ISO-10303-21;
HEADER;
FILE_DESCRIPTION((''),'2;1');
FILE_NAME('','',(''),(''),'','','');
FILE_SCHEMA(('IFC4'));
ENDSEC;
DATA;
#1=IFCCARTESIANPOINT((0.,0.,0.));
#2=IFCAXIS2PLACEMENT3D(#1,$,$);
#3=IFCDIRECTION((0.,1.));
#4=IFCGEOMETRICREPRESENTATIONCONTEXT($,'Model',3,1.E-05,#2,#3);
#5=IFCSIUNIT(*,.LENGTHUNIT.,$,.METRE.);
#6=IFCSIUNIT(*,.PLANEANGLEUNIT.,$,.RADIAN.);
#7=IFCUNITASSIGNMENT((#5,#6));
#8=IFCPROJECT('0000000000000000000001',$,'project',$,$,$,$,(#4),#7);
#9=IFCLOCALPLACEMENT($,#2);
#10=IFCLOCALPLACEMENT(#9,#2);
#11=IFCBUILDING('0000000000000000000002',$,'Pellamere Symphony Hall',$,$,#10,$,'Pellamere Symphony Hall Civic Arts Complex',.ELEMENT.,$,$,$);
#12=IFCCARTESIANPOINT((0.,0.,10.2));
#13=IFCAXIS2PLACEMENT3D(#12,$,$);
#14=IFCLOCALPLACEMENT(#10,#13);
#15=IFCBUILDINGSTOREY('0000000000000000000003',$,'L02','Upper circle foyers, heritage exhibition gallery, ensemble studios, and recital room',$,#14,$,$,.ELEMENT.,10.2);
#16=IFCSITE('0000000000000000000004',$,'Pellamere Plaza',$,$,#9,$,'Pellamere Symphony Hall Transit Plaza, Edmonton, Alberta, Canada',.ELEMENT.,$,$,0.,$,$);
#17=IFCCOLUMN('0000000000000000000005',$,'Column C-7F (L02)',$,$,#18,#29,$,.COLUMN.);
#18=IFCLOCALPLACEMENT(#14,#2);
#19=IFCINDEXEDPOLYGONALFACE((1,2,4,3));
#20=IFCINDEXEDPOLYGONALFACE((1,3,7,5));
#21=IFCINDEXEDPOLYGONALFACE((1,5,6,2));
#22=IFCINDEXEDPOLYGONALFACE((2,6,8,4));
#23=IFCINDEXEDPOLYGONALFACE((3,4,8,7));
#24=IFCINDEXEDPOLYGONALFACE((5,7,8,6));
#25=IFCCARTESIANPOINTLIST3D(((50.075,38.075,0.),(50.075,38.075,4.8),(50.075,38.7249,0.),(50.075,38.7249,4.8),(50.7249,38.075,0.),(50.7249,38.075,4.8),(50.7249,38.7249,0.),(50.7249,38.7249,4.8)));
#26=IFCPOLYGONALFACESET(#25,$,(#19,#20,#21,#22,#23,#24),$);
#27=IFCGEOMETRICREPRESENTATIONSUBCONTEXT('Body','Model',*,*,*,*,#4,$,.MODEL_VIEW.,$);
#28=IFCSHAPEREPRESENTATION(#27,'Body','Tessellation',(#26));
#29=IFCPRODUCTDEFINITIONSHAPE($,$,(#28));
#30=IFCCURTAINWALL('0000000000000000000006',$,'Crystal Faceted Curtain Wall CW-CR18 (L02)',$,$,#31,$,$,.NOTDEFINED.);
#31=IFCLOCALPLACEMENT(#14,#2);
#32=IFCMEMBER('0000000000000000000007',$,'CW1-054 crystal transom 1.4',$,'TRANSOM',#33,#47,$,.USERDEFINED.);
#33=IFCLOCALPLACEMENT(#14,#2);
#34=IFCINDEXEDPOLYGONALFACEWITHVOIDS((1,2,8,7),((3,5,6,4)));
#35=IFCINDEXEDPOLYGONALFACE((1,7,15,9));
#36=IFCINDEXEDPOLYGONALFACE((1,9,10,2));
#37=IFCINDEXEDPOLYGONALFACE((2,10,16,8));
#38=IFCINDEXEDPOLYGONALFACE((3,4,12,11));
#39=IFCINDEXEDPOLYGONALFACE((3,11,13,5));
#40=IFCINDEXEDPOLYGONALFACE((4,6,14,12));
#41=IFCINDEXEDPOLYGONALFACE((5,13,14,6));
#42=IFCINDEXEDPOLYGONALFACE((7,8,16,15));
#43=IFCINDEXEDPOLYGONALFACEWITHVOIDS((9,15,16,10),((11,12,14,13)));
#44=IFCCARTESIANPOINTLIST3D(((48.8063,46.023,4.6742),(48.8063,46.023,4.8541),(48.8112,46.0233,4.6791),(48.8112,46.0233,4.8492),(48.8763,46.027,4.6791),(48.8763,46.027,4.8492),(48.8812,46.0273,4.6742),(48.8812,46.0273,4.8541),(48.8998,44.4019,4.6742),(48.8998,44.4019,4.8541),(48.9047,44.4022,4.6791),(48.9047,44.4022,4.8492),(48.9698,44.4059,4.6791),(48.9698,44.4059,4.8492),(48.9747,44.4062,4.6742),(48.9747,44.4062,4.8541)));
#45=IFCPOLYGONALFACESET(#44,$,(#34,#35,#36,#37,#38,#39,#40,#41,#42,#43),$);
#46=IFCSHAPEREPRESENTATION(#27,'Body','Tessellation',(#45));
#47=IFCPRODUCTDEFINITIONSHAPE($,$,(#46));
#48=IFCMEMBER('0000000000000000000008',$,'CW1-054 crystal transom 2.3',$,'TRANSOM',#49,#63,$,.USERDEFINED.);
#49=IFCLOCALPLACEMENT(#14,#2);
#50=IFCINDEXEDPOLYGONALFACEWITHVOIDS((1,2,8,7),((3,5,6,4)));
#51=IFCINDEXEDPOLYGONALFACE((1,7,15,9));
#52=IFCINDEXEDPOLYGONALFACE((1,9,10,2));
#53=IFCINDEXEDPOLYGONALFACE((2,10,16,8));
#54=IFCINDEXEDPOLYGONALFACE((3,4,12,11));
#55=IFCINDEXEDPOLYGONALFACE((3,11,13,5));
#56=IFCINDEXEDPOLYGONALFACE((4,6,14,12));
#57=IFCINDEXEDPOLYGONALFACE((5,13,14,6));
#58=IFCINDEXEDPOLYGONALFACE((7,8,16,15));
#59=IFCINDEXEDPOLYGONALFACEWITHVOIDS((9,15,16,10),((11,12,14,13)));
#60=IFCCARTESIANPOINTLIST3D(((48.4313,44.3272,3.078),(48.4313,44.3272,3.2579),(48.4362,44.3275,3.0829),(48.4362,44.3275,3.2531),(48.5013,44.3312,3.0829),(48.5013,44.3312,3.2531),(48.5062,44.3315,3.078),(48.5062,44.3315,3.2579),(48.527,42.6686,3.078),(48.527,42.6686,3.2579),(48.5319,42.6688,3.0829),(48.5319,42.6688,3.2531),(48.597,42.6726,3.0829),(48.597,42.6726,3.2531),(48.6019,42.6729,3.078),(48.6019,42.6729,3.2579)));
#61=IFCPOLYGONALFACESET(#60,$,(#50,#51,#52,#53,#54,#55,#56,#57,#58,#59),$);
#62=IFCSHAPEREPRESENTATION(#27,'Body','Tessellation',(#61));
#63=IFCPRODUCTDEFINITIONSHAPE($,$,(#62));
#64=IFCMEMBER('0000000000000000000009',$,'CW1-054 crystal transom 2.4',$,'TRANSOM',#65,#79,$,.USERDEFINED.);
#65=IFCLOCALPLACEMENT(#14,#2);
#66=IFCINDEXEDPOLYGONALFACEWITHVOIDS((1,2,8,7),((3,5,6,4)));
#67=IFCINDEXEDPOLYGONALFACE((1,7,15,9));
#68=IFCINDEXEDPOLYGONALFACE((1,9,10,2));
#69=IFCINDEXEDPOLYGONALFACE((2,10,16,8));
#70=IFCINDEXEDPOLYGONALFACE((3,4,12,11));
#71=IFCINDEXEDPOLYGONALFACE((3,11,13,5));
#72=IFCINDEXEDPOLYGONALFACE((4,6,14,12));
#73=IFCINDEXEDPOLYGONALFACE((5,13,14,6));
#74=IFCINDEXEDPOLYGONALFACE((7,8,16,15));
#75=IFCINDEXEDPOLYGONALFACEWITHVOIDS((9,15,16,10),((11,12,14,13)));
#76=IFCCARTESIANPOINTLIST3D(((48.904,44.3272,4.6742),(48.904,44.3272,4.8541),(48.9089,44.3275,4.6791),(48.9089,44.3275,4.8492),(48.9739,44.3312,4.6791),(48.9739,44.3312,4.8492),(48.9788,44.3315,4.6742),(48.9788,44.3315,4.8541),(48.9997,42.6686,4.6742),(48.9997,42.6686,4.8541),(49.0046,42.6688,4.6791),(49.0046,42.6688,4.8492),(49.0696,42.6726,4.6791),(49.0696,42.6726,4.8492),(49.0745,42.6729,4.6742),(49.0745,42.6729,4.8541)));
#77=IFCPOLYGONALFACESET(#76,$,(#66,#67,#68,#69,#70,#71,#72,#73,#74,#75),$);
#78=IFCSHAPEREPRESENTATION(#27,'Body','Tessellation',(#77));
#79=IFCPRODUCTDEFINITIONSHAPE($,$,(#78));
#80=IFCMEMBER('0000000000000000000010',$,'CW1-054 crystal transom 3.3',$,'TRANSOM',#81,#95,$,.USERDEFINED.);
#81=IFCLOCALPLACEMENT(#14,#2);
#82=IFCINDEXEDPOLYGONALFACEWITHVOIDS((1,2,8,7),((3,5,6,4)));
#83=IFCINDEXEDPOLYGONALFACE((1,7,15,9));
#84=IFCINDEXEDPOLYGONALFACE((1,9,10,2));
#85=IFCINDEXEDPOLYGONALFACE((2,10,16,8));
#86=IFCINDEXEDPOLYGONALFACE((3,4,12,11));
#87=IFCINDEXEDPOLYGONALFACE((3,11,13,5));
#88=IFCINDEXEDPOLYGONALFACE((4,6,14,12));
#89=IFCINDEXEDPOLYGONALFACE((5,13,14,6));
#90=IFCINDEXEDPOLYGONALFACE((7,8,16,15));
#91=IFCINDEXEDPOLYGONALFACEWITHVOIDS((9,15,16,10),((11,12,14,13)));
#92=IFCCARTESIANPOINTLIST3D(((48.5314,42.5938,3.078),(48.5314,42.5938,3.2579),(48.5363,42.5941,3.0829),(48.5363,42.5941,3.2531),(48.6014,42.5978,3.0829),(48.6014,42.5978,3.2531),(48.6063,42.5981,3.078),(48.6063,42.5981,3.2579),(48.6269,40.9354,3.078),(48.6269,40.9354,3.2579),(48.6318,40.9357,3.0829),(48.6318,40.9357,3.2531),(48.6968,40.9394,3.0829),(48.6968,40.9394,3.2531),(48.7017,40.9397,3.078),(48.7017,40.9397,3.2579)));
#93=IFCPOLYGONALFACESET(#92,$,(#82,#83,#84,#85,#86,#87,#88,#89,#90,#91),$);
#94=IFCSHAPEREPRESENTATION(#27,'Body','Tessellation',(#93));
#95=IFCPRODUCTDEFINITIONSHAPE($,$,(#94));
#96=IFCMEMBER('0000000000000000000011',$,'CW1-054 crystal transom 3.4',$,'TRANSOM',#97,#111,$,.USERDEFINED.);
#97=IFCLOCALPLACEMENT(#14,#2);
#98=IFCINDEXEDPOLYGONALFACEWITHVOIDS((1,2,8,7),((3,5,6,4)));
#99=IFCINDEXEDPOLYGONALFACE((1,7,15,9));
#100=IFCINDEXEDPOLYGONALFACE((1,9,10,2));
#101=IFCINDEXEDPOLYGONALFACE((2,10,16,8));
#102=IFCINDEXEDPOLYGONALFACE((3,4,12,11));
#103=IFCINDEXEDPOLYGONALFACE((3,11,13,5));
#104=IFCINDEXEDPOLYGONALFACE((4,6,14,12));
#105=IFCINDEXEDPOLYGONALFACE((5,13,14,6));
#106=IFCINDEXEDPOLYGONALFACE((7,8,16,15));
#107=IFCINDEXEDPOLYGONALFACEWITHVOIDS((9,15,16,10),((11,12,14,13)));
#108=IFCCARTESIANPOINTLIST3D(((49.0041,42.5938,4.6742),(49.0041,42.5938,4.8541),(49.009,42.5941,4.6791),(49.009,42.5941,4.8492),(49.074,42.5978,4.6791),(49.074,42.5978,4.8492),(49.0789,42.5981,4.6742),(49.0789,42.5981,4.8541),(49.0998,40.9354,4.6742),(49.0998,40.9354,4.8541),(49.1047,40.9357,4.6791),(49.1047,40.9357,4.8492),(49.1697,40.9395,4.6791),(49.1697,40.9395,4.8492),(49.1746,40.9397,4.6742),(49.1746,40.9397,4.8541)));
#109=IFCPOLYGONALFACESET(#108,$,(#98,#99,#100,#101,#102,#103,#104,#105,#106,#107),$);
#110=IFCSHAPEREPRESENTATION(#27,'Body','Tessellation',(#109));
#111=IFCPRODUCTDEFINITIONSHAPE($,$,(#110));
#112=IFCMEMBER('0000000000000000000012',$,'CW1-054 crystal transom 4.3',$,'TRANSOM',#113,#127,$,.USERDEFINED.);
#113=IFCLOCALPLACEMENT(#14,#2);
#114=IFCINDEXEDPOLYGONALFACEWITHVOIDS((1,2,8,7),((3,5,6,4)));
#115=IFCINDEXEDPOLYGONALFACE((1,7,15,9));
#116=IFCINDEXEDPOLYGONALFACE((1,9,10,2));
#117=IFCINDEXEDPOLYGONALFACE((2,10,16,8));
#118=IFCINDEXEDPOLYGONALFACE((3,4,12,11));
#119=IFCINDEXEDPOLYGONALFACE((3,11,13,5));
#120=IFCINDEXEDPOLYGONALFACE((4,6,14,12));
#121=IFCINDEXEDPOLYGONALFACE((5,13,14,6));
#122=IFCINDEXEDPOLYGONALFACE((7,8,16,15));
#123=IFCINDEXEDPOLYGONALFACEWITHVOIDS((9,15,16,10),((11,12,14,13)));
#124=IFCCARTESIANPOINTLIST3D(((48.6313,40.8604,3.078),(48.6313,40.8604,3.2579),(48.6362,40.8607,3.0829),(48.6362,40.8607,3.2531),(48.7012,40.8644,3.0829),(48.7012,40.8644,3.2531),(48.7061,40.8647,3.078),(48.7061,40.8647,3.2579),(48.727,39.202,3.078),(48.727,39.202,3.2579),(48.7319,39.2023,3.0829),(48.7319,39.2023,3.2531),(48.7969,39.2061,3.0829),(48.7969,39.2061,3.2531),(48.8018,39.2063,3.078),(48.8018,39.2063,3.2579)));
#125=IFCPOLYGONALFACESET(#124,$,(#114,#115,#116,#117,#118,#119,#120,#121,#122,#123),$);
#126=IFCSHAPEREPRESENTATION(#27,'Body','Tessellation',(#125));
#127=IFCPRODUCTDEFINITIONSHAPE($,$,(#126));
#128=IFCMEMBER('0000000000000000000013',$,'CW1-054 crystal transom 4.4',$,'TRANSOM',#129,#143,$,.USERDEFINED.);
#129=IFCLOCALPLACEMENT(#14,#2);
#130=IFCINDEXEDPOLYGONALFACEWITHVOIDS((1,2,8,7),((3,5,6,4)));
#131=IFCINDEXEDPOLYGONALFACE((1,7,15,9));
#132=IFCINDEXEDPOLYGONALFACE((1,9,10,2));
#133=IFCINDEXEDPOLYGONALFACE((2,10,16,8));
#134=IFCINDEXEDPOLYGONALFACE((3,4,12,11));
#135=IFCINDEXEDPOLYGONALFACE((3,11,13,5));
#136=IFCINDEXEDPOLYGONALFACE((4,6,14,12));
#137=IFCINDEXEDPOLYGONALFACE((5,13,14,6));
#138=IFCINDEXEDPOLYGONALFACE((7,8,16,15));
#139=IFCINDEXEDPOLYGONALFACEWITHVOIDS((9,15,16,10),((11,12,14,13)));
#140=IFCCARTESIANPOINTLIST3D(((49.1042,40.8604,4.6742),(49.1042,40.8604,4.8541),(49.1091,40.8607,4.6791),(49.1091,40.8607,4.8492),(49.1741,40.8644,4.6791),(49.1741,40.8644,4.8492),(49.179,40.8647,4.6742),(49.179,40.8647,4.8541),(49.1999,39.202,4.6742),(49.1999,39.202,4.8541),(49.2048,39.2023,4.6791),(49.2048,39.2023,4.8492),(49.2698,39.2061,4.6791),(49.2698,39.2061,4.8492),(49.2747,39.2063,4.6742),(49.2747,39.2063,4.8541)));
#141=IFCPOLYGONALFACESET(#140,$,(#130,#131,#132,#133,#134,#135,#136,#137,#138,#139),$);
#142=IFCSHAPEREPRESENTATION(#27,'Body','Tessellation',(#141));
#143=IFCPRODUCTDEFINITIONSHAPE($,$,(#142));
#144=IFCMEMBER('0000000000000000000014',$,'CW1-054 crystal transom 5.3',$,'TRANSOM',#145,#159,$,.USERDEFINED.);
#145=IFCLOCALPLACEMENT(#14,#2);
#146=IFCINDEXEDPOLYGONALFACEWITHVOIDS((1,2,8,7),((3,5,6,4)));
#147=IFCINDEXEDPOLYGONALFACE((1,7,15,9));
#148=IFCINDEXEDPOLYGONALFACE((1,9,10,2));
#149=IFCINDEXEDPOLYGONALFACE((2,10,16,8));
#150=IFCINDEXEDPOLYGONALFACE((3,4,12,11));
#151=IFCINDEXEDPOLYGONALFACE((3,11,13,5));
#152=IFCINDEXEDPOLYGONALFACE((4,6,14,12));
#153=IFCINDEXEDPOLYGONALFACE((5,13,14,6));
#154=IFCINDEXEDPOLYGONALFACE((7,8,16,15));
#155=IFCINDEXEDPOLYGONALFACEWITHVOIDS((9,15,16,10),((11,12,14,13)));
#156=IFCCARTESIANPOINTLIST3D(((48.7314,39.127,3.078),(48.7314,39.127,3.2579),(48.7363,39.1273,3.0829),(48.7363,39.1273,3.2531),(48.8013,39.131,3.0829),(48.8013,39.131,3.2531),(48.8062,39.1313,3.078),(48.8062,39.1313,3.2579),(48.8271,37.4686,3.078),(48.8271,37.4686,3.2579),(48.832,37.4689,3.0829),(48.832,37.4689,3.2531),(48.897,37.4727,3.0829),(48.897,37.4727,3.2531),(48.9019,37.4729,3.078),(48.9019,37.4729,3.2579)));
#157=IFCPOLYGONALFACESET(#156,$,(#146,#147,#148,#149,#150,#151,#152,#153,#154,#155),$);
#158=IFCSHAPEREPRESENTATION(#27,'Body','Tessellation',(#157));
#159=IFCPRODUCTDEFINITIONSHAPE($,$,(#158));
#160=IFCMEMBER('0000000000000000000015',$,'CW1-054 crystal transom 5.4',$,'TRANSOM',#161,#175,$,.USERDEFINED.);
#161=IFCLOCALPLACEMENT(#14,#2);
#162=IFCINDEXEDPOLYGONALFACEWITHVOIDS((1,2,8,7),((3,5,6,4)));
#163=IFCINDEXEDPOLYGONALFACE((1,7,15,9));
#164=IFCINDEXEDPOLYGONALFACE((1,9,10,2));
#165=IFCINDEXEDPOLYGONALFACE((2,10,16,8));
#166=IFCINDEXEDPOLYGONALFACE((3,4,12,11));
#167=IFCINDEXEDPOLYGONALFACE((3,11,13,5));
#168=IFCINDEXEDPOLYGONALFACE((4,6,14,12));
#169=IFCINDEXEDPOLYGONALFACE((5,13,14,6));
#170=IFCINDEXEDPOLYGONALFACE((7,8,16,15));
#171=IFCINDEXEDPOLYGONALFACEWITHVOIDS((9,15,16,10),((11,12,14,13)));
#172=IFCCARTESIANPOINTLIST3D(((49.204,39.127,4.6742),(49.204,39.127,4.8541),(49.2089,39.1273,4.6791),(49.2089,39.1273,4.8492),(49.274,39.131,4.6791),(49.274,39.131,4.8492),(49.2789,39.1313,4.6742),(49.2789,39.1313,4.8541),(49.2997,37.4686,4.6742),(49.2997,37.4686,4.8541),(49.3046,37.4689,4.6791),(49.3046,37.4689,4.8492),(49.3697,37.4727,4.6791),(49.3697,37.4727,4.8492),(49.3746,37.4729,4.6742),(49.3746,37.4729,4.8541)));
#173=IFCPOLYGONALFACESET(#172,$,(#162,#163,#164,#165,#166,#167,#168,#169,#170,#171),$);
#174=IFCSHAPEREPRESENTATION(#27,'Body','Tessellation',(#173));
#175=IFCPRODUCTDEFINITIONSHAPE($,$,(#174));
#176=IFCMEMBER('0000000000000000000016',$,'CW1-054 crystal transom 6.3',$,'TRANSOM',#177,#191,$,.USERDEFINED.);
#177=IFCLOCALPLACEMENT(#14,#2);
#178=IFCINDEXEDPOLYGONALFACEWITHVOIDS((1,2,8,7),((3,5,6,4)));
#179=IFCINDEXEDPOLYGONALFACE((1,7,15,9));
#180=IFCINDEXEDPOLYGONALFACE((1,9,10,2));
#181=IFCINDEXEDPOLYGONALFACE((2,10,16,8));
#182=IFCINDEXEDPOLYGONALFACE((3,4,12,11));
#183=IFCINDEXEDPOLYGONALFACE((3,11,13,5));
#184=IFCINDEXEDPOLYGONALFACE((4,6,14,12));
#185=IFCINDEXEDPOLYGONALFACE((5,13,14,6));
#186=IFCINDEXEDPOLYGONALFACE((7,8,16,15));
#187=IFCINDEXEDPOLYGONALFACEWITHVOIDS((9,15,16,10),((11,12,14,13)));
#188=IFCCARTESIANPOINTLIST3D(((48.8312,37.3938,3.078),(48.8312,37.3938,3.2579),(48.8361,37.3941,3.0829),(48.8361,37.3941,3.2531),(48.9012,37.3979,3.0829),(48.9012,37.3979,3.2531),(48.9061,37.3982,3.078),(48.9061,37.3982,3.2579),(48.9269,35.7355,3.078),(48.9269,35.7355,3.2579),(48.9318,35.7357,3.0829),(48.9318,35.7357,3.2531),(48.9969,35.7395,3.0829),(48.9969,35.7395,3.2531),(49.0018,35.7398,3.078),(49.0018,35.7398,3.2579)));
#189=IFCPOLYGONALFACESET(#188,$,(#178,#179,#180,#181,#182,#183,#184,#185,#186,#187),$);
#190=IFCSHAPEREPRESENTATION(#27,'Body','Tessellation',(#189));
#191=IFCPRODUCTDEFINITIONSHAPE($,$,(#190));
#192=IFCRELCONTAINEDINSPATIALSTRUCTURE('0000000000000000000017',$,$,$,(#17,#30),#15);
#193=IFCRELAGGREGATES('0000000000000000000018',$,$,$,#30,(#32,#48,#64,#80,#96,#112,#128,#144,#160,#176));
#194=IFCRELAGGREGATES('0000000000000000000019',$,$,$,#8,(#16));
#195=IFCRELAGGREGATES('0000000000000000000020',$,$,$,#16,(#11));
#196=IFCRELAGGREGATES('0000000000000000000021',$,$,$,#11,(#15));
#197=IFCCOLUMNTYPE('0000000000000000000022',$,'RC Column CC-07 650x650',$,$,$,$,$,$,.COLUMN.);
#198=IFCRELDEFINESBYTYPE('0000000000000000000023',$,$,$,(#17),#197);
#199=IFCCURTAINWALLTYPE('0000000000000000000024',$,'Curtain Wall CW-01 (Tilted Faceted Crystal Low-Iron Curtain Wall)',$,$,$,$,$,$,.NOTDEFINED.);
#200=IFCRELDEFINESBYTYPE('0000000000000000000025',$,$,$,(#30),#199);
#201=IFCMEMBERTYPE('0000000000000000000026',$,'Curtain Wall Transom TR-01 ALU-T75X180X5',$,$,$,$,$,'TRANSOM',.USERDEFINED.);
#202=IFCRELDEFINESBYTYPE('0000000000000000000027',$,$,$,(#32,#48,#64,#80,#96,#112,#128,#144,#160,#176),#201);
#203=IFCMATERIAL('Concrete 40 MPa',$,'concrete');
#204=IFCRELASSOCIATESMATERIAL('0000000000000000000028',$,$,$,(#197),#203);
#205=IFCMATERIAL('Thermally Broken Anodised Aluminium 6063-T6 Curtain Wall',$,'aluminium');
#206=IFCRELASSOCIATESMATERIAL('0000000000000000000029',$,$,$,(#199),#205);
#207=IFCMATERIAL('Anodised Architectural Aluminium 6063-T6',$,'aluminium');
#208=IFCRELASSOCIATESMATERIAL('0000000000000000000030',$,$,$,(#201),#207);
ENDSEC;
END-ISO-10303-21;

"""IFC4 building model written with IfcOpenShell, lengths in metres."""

from ifc_helpers import new_model, si_unit, direction, frame, origin, origin_2d, place, context, subcontext, project, spatial, rectangle, hollow_rectangle, extrude, material, material_profile, profile_set, type_object, element, aggregate, save


model = new_model("IFC4")

# Units and contexts
model_context = context("Model", 3, precision=1e-05, world=origin(), true_north=direction((0.0, 1.0)))
body_context = subcontext(model_context, "Body", "Model", "MODEL_VIEW")
ifc_project = project(units=[si_unit("LENGTHUNIT", "METRE"), si_unit("PLANEANGLEUNIT", "RADIAN")], contexts=[model_context])

# Site, building, storey
site_placement = place(None, origin())
site = spatial("IfcSite", under=ifc_project, at=site_placement, Name="Pellamere Plaza", LongName="Pellamere Symphony Hall Transit Plaza, Edmonton, Alberta, Canada", CompositionType="ELEMENT", RefElevation=0.0)
building_placement = place(site_placement, origin())
building = spatial("IfcBuilding", under=site, at=building_placement, Name="Pellamere Symphony Hall", LongName="Pellamere Symphony Hall Civic Arts Complex", CompositionType="ELEMENT")
storey_placement = place(building_placement, frame((0.0, 0.0, 10.2)))
storey = spatial("IfcBuildingStorey", under=building, at=storey_placement, Name="L02", Description="Upper circle foyers, heritage exhibition gallery, ensemble studios, and recital room", CompositionType="ELEMENT", Elevation=10.2)

# Column
ifc_material_1 = material(Name="Concrete 40 MPa", Category="concrete")
ifc_material_profile_1 = material_profile(ifc_material_1, rectangle(XDim=0.6499, YDim=0.6499, at=origin_2d()), Name="RC 650x650")
ifc_profile_set_1 = profile_set([ifc_material_profile_1], Name="Concrete 40 MPa")
column_type = type_object("IfcColumnType", Name="RC Column CC-07 650x650", PredefinedType="COLUMN", material=ifc_profile_set_1)
column_placement = place(storey_placement, frame((50.3999, 38.3999, 0.0), z_axis=(0.0, 0.0, 1.0), x_axis=(1.0, 0.0, 0.0)))
element("IfcColumn", 1, at=column_placement, inside=storey, type_object=column_type, Name="Column C-7F (L02)", PredefinedType="COLUMN", context=body_context, shape_type="SweptSolid", body=[
    extrude(rectangle(XDim=0.6499, YDim=0.6499, at=origin_2d()), origin(), (0.0, 0.0, 1.0), 4.8),
])

# Curtain wall, members
ifc_material_2 = material(Name="Thermally Broken Anodised Aluminium 6063-T6 Curtain Wall", Category="aluminium")
curtain_wall_type = type_object("IfcCurtainWallType", Name="Curtain Wall CW-01 (Tilted Faceted Crystal Low-Iron Curtain Wall)", PredefinedType="NOTDEFINED", material=ifc_material_2)
curtain_wall_placement = place(storey_placement, origin())
curtain_wall = element("IfcCurtainWall", 2, at=curtain_wall_placement, inside=storey, type_object=curtain_wall_type, Name="Crystal Faceted Curtain Wall CW-CR18 (L02)", PredefinedType="NOTDEFINED")
ifc_material_3 = material(Name="Anodised Architectural Aluminium 6063-T6", Category="aluminium")
ifc_material_profile_2 = material_profile(ifc_material_3, hollow_rectangle(XDim=0.075, YDim=0.1799, WallThickness=0.0049, at=origin_2d()), Name="ALU-T75X180X5")
ifc_profile_set_2 = profile_set([ifc_material_profile_2], Name="Anodised Architectural Aluminium 6063-T6")
member_type = type_object("IfcMemberType", Name="Curtain Wall Transom TR-01 ALU-T75X180X5", ElementType="TRANSOM", PredefinedType="USERDEFINED", material=ifc_profile_set_2)
member_1_placement = place(storey_placement, frame((48.8438, 46.0251, 4.7642), z_axis=(0.057585, -0.998341, 0.0), x_axis=(0.998341, 0.057585, 0.0)))
member_1 = element("IfcMember", 3, at=member_1_placement, type_object=member_type, Name="CW1-054 crystal transom 1.4", ObjectType="TRANSOM", PredefinedType="USERDEFINED", context=body_context, shape_type="SweptSolid", body=[
    extrude(hollow_rectangle(XDim=0.075, YDim=0.1799, WallThickness=0.0049, at=origin_2d()), origin(), (0.0, 0.0, 1.0), 1.6238),
])
member_2_placement = place(storey_placement, frame((48.4688, 44.3293, 3.168), z_axis=(0.057602, -0.99834, 0.0), x_axis=(0.99834, 0.057602, 0.0)))
member_2 = element("IfcMember", 4, at=member_2_placement, type_object=member_type, Name="CW1-054 crystal transom 2.3", ObjectType="TRANSOM", PredefinedType="USERDEFINED", context=body_context, shape_type="SweptSolid", body=[
    extrude(hollow_rectangle(XDim=0.075, YDim=0.1799, WallThickness=0.0049, at=origin_2d()), origin(), (0.0, 0.0, 1.0), 1.6614),
])
member_3_placement = place(storey_placement, frame((48.9414, 44.3293, 4.7642), z_axis=(0.057602, -0.99834, 0.0), x_axis=(0.99834, 0.057602, 0.0)))
member_3 = element("IfcMember", 5, at=member_3_placement, type_object=member_type, Name="CW1-054 crystal transom 2.4", ObjectType="TRANSOM", PredefinedType="USERDEFINED", context=body_context, shape_type="SweptSolid", body=[
    extrude(hollow_rectangle(XDim=0.075, YDim=0.1799, WallThickness=0.0049, at=origin_2d()), origin(), (0.0, 0.0, 1.0), 1.6614),
])
member_4_placement = place(storey_placement, frame((48.5688, 42.5959, 3.168), z_axis=(0.057464, -0.998348, 0.0), x_axis=(0.998348, 0.057464, 0.0)))
member_4 = element("IfcMember", 6, at=member_4_placement, type_object=member_type, Name="CW1-054 crystal transom 3.3", ObjectType="TRANSOM", PredefinedType="USERDEFINED", context=body_context, shape_type="SweptSolid", body=[
    extrude(hollow_rectangle(XDim=0.075, YDim=0.1799, WallThickness=0.0049, at=origin_2d()), origin(), (0.0, 0.0, 1.0), 1.6611),
])
member_5_placement = place(storey_placement, frame((49.0415, 42.5959, 4.7642), z_axis=(0.057611, -0.998339, 0.0), x_axis=(0.998339, 0.057611, 0.0)))
member_5 = element("IfcMember", 7, at=member_5_placement, type_object=member_type, Name="CW1-054 crystal transom 3.4", ObjectType="TRANSOM", PredefinedType="USERDEFINED", context=body_context, shape_type="SweptSolid", body=[
    extrude(hollow_rectangle(XDim=0.075, YDim=0.1799, WallThickness=0.0049, at=origin_2d()), origin(), (0.0, 0.0, 1.0), 1.6611),
])
member_6_placement = place(storey_placement, frame((48.6687, 40.8625, 3.168), z_axis=(0.057611, -0.998339, 0.0), x_axis=(0.998339, 0.057611, 0.0)))
member_6 = element("IfcMember", 8, at=member_6_placement, type_object=member_type, Name="CW1-054 crystal transom 4.3", ObjectType="TRANSOM", PredefinedType="USERDEFINED", context=body_context, shape_type="SweptSolid", body=[
    extrude(hollow_rectangle(XDim=0.075, YDim=0.1799, WallThickness=0.0049, at=origin_2d()), origin(), (0.0, 0.0, 1.0), 1.6611),
])
member_7_placement = place(storey_placement, frame((49.1416, 40.8625, 4.7642), z_axis=(0.057611, -0.998339, 0.0), x_axis=(0.998339, 0.057611, 0.0)))
member_7 = element("IfcMember", 9, at=member_7_placement, type_object=member_type, Name="CW1-054 crystal transom 4.4", ObjectType="TRANSOM", PredefinedType="USERDEFINED", context=body_context, shape_type="SweptSolid", body=[
    extrude(hollow_rectangle(XDim=0.075, YDim=0.1799, WallThickness=0.0049, at=origin_2d()), origin(), (0.0, 0.0, 1.0), 1.6611),
])
member_8_placement = place(storey_placement, frame((48.7688, 39.1292, 3.168), z_axis=(0.057611, -0.998339, 0.0), x_axis=(0.998339, 0.057611, 0.0)))
member_8 = element("IfcMember", 10, at=member_8_placement, type_object=member_type, Name="CW1-054 crystal transom 5.3", ObjectType="TRANSOM", PredefinedType="USERDEFINED", context=body_context, shape_type="SweptSolid", body=[
    extrude(hollow_rectangle(XDim=0.075, YDim=0.1799, WallThickness=0.0049, at=origin_2d()), origin(), (0.0, 0.0, 1.0), 1.6611),
])
member_9_placement = place(storey_placement, frame((49.2415, 39.1292, 4.7642), z_axis=(0.057611, -0.998339, 0.0), x_axis=(0.998339, 0.057611, 0.0)))
member_9 = element("IfcMember", 11, at=member_9_placement, type_object=member_type, Name="CW1-054 crystal transom 5.4", ObjectType="TRANSOM", PredefinedType="USERDEFINED", context=body_context, shape_type="SweptSolid", body=[
    extrude(hollow_rectangle(XDim=0.075, YDim=0.1799, WallThickness=0.0049, at=origin_2d()), origin(), (0.0, 0.0, 1.0), 1.6611),
])
member_10_placement = place(storey_placement, frame((48.8687, 37.396, 3.168), z_axis=(0.057611, -0.998339, 0.0), x_axis=(0.998339, 0.057611, 0.0)))
member_10 = element("IfcMember", 12, at=member_10_placement, type_object=member_type, Name="CW1-054 crystal transom 6.3", ObjectType="TRANSOM", PredefinedType="USERDEFINED", context=body_context, shape_type="SweptSolid", body=[
    extrude(hollow_rectangle(XDim=0.075, YDim=0.1799, WallThickness=0.0049, at=origin_2d()), origin(), (0.0, 0.0, 1.0), 1.6611),
])

aggregate(curtain_wall, [member_1, member_2, member_3, member_4, member_5, member_6, member_7, member_8, member_9, member_10])

save(model, "model.ifc")
